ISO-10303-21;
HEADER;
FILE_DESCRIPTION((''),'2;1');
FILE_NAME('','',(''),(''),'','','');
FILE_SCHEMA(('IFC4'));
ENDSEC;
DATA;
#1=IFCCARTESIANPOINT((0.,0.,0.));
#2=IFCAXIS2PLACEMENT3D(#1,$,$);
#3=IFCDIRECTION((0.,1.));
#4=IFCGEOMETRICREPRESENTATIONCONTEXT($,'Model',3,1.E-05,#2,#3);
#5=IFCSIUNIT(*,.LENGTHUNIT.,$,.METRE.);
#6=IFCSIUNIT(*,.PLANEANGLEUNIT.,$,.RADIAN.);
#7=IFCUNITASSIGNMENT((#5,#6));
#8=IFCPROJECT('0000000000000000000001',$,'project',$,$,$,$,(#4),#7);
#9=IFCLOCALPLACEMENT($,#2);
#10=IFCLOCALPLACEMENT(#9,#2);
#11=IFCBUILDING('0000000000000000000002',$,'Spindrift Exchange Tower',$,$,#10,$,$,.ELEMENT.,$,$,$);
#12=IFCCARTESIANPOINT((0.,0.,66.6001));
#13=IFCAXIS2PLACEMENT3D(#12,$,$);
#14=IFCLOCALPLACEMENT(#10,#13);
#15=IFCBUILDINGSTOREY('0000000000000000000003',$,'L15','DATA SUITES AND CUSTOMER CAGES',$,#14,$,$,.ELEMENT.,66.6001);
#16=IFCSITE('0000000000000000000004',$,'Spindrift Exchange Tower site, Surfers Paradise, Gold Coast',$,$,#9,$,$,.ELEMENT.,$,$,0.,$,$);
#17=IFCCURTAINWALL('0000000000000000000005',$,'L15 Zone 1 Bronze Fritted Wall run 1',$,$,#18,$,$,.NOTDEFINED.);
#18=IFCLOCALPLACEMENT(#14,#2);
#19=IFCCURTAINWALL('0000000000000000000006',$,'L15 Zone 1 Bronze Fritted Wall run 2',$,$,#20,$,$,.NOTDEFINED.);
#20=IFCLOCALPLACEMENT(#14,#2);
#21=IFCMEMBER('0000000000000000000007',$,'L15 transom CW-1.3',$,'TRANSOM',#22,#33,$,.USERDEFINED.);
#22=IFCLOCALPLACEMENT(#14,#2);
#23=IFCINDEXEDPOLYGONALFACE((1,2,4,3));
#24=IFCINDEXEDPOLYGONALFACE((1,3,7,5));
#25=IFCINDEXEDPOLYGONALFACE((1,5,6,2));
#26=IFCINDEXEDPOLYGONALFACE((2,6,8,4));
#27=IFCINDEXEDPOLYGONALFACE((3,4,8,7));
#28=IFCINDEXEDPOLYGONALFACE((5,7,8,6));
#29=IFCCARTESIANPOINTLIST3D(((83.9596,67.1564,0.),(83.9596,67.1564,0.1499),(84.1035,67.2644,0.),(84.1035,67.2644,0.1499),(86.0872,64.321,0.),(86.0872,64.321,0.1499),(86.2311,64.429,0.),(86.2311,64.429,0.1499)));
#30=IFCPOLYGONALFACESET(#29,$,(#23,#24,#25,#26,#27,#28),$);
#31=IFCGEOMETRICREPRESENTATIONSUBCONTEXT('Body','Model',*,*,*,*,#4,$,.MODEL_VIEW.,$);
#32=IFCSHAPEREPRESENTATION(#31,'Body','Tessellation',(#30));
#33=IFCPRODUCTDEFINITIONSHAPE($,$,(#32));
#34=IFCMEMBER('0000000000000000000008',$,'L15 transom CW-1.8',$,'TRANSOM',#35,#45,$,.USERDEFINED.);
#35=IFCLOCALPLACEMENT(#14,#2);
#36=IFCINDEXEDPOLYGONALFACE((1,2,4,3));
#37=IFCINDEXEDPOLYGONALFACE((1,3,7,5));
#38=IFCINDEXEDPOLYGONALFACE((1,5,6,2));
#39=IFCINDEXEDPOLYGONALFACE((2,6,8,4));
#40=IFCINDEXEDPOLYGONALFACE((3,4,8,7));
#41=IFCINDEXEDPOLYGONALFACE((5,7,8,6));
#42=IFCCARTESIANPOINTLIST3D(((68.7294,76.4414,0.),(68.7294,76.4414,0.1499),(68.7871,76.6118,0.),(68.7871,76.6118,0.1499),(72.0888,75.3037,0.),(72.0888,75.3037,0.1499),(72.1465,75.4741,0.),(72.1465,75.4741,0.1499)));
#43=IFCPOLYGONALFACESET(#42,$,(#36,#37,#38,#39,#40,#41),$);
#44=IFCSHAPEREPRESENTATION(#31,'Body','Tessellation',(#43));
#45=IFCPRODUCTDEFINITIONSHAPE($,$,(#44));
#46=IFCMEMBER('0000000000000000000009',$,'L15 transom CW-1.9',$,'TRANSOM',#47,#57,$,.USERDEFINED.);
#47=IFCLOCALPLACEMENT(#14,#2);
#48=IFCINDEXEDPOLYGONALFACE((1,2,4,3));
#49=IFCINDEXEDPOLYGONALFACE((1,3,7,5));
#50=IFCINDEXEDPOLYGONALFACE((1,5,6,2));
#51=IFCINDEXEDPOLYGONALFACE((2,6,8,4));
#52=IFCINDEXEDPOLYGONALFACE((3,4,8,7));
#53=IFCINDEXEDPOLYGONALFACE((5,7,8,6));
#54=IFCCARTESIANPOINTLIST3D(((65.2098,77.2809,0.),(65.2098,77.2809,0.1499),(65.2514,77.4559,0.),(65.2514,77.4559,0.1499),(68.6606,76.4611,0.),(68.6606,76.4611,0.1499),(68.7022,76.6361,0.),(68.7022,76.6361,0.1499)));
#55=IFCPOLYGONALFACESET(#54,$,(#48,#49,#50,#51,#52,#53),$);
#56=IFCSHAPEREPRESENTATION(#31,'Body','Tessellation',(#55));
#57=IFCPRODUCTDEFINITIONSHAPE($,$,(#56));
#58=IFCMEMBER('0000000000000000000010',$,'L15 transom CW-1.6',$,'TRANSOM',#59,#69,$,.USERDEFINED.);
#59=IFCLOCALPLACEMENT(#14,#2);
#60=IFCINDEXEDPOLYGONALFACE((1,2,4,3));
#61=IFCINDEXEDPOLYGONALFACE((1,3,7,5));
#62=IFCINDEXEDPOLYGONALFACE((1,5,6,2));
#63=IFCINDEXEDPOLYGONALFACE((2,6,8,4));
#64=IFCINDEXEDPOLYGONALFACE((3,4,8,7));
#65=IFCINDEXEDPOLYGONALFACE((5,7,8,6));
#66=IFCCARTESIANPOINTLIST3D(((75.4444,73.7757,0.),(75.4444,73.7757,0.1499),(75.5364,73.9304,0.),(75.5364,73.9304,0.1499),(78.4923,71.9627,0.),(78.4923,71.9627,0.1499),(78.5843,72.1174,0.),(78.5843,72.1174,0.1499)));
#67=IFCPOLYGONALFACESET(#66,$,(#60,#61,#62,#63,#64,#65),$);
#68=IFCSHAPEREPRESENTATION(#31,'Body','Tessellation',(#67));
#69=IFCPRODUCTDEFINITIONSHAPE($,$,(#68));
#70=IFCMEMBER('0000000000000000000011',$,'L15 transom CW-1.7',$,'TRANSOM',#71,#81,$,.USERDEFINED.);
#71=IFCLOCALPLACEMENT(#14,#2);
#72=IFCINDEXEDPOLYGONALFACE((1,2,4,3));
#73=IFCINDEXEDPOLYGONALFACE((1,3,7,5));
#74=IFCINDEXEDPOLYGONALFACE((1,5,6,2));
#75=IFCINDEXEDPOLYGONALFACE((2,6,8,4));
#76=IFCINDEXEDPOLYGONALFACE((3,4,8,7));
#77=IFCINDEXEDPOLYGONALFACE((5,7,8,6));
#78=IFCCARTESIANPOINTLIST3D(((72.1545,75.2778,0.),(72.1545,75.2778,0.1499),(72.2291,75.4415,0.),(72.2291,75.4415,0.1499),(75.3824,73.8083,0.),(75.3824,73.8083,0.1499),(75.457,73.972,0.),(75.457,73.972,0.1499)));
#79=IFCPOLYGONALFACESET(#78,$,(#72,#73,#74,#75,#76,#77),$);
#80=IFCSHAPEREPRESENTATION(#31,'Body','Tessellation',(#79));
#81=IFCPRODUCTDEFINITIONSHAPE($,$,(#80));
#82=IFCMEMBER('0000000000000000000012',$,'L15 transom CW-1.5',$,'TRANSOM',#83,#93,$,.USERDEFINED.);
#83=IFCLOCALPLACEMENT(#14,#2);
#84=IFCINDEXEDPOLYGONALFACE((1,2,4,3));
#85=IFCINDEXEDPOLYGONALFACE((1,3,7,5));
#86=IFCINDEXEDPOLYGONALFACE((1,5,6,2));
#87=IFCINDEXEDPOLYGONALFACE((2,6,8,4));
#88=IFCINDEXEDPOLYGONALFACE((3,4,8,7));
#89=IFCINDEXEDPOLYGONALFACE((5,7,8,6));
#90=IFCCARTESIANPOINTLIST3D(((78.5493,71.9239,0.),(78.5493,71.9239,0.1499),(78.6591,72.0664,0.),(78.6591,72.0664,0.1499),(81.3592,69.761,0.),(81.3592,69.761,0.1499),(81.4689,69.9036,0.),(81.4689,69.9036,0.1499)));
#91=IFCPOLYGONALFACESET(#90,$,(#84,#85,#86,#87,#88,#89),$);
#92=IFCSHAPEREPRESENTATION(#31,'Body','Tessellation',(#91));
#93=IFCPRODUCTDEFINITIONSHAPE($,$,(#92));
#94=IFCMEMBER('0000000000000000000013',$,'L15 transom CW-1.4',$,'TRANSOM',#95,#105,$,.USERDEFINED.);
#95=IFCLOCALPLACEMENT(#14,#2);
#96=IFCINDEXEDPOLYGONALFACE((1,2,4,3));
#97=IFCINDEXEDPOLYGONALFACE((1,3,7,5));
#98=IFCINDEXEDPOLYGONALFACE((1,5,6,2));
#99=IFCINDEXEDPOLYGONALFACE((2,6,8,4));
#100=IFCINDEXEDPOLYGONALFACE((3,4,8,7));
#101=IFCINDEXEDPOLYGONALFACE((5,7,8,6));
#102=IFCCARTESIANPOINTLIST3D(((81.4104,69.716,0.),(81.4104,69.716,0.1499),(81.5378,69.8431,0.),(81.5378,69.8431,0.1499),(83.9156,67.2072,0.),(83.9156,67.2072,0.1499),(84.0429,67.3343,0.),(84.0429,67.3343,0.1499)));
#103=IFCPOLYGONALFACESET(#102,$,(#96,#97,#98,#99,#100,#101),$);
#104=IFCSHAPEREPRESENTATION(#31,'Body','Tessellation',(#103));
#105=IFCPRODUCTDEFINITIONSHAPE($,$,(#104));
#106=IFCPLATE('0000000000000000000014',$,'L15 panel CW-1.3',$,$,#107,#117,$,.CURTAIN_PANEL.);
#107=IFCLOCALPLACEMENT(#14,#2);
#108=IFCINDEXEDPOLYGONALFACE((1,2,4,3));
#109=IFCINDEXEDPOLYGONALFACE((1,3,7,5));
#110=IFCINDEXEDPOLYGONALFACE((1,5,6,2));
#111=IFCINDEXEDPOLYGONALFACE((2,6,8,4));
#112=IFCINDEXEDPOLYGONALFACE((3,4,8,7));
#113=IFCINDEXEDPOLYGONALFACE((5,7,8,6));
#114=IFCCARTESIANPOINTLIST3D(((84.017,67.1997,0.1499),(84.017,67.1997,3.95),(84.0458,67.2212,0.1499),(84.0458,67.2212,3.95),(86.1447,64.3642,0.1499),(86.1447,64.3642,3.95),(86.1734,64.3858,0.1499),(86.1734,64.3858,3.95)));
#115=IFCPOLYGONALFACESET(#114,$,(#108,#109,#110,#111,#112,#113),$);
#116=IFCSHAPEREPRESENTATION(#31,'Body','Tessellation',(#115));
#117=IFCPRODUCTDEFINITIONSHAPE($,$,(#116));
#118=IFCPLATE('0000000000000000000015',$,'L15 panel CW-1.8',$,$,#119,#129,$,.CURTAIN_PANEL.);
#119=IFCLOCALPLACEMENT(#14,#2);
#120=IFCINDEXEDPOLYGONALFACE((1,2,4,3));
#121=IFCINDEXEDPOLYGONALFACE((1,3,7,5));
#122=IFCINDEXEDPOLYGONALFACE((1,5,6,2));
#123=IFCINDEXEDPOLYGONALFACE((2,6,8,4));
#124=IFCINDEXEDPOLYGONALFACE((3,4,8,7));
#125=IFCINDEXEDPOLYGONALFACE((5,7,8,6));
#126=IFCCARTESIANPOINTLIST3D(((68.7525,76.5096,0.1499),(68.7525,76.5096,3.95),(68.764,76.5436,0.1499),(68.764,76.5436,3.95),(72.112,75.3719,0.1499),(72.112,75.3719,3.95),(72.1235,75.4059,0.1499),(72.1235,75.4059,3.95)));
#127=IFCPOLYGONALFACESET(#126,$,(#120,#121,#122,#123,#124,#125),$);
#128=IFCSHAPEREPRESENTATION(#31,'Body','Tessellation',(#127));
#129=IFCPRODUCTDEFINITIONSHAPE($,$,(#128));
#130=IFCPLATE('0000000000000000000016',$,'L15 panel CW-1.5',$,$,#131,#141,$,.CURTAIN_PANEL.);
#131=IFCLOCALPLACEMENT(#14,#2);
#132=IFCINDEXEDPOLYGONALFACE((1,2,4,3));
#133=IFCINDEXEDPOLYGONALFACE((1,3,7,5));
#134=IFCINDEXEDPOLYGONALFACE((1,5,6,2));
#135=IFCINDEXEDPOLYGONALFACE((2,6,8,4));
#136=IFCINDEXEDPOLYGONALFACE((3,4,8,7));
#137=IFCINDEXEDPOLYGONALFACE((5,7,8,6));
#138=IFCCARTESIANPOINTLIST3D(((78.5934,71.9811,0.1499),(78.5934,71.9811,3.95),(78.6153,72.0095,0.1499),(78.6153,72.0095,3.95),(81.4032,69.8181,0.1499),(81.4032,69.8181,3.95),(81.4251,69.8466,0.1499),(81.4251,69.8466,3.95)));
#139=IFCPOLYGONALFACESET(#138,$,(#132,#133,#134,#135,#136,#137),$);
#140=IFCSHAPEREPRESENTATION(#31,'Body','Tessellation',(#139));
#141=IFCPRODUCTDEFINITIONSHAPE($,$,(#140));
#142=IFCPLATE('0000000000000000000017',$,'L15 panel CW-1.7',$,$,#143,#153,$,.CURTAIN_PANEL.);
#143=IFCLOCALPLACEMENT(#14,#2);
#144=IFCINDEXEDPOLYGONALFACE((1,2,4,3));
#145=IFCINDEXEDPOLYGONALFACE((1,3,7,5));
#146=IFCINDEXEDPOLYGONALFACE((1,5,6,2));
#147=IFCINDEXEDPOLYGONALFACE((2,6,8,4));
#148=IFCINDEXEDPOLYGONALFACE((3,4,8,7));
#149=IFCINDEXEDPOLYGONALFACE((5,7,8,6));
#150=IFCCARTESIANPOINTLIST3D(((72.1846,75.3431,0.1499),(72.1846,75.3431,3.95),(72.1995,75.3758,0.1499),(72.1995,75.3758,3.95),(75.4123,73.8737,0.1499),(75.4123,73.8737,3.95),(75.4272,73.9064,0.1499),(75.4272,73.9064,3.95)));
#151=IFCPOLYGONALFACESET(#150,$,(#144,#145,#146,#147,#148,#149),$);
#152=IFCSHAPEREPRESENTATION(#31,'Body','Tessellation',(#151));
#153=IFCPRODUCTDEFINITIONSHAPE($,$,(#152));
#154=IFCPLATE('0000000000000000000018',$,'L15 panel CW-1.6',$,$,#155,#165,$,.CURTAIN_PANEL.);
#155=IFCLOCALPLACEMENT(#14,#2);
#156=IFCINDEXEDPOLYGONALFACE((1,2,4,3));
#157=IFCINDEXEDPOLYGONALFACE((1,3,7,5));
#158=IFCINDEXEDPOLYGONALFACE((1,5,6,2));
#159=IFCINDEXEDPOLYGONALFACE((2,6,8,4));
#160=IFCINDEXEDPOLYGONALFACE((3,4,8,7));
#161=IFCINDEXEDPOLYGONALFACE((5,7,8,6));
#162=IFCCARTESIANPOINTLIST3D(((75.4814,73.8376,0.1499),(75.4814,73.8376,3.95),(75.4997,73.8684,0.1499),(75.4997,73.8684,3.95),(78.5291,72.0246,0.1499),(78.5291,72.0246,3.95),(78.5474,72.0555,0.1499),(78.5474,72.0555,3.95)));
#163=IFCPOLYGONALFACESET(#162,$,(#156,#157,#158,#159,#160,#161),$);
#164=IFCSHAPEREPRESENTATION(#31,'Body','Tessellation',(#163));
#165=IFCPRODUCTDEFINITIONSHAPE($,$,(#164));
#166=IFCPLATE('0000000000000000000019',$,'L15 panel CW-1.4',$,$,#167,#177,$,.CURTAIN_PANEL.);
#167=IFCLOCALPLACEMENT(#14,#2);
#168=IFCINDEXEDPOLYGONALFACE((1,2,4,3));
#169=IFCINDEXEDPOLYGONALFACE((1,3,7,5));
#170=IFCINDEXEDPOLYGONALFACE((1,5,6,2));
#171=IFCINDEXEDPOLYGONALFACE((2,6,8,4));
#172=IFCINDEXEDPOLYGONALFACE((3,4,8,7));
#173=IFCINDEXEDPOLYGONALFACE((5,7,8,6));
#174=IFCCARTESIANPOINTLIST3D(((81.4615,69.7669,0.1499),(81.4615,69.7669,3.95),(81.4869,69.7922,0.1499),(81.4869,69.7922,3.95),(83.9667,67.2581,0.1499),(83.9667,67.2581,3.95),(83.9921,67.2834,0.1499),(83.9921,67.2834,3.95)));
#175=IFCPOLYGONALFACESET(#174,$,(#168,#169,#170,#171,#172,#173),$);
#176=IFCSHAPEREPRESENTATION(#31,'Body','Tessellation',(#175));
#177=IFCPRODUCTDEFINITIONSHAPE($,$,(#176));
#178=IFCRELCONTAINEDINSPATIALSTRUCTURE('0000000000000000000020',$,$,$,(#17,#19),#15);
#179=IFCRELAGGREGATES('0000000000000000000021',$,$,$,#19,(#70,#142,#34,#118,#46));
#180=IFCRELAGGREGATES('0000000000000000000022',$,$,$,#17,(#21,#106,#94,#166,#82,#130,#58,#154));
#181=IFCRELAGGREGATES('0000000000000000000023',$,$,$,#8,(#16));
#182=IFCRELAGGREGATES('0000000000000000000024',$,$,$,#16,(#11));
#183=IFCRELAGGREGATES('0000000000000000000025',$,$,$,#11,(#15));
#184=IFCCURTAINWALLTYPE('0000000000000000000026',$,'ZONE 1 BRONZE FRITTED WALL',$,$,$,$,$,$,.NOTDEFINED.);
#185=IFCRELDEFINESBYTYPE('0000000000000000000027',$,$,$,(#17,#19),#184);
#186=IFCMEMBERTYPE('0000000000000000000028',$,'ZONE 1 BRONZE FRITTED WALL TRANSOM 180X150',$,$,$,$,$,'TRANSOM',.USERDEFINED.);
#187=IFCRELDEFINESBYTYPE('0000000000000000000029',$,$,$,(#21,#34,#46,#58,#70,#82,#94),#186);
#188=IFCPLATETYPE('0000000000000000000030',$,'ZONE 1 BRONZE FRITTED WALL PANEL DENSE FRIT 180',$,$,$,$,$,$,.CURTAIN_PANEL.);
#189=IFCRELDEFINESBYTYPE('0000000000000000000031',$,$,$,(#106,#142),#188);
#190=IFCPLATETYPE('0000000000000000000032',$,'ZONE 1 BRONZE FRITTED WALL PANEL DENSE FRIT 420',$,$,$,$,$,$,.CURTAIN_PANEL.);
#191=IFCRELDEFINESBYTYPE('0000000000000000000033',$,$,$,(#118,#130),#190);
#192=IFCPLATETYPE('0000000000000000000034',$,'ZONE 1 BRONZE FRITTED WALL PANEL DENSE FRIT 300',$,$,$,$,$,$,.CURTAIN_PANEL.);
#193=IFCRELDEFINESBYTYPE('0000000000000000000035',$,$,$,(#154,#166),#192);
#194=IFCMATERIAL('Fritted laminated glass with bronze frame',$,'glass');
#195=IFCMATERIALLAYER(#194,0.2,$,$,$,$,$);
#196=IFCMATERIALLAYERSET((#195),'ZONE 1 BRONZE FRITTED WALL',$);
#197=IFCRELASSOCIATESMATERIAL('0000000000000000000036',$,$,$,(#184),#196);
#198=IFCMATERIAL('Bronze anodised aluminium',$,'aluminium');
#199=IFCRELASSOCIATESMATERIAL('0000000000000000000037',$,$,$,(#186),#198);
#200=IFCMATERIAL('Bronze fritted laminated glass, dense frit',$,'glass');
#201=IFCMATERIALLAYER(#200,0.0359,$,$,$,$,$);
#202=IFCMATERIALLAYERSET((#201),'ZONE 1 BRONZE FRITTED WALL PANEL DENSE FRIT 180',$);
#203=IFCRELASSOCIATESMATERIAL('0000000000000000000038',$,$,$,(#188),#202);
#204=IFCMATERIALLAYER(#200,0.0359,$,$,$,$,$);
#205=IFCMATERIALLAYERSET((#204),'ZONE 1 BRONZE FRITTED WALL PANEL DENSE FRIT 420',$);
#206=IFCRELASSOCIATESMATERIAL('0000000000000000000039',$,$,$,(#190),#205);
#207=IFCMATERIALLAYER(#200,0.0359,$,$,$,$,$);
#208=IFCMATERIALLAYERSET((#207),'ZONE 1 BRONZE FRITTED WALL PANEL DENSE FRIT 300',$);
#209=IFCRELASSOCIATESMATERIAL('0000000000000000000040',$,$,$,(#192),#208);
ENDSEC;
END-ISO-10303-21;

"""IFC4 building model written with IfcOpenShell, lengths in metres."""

from ifc_helpers import new_model, si_unit, direction, frame, origin, origin_2d, place, context, subcontext, project, spatial, rectangle, extrude, source, transform, mapped, material, layer, layer_set, material_profile, profile_set, type_object, element, aggregate, save


model = new_model("IFC4")

# Units and contexts
model_context = context("Model", 3, precision=1e-05, world=origin(), true_north=direction((0.0, 1.0)))
body_context = subcontext(model_context, "Body", "Model", "MODEL_VIEW")
ifc_project = project(units=[si_unit("LENGTHUNIT", "METRE"), si_unit("PLANEANGLEUNIT", "RADIAN")], contexts=[model_context])

# Site, building, storey
site_placement = place(None, origin())
site = spatial("IfcSite", under=ifc_project, at=site_placement, Name="Spindrift Exchange Tower site, Surfers Paradise, Gold Coast", CompositionType="ELEMENT", RefElevation=0.0)
building_placement = place(site_placement, origin())
building = spatial("IfcBuilding", under=site, at=building_placement, Name="Spindrift Exchange Tower", CompositionType="ELEMENT")
storey_placement = place(building_placement, frame((0.0, 0.0, 66.6001)))
storey = spatial("IfcBuildingStorey", under=building, at=storey_placement, Name="L15", Description="DATA SUITES AND CUSTOMER CAGES", CompositionType="ELEMENT", Elevation=66.6001)

# Curtain walls
ifc_material_1 = material(Name="Fritted laminated glass with bronze frame", Category="glass")
ifc_layer_1 = layer(ifc_material_1, 0.2)
ifc_layer_set_1 = layer_set([ifc_layer_1], Name="ZONE 1 BRONZE FRITTED WALL")
curtain_wall_type = type_object("IfcCurtainWallType", Name="ZONE 1 BRONZE FRITTED WALL", PredefinedType="NOTDEFINED", material=ifc_layer_set_1)
curtain_wall_1_placement = place(storey_placement, origin())
curtain_wall_1 = element("IfcCurtainWall", 1, at=curtain_wall_1_placement, inside=storey, type_object=curtain_wall_type, Name="L15 Zone 1 Bronze Fritted Wall run 1", PredefinedType="NOTDEFINED")
ifc_material_2 = material(Name="Bronze anodised aluminium", Category="aluminium")
curtain_wall_2_placement = place(storey_placement, origin())
curtain_wall_2 = element("IfcCurtainWall", 2, at=curtain_wall_2_placement, inside=storey, type_object=curtain_wall_type, Name="L15 Zone 1 Bronze Fritted Wall run 2", PredefinedType="NOTDEFINED")

# Members
ifc_material_profile_1 = material_profile(ifc_material_2, rectangle(XDim=0.1799, YDim=0.1499, at=origin_2d()), Name="ZONE 1 BRONZE FRITTED WALL TRANSOM 180X150")
ifc_profile_set_1 = profile_set([ifc_material_profile_1], Name="Bronze anodised aluminium")
member_type_1 = type_object("IfcMemberType", Name="ZONE 1 BRONZE FRITTED WALL TRANSOM 180X150", ElementType="TRANSOM", PredefinedType="USERDEFINED", material=ifc_profile_set_1)
shared_shape_1 = source(origin(), body_context, "Body", "SweptSolid", [
    extrude(rectangle(XDim=0.1799, YDim=0.1499, at=origin_2d()), origin(), (0.0, 0.0, 1.0), 3.5449),
])
member_1_placement = place(storey_placement, frame((86.1592, 64.375, 0.075), z_axis=(-0.600198, 0.799851, 0.0), x_axis=(-0.799851, -0.600198, 0.0)))
member_1 = element("IfcMember", 3, at=member_1_placement, type_object=member_type_1, Name="L15 transom CW-1.3", ObjectType="TRANSOM", PredefinedType="USERDEFINED", context=body_context, shape_type="MappedRepresentation", body=[
    mapped(shared_shape_1, transform((0.0, 0.0, 0.0), scale=1.0)),
])
shared_shape_2 = source(origin(), body_context, "Body", "SweptSolid", [
    extrude(rectangle(XDim=0.1799, YDim=0.1499, at=origin_2d()), origin(), (0.0, 0.0, 1.0), 3.5469),
])
member_2_placement = place(storey_placement, frame((72.1177, 75.3889, 0.075), z_axis=(-0.947158, 0.320767, 0.0), x_axis=(-0.320767, -0.947158, 0.0)))
member_2 = element("IfcMember", 4, at=member_2_placement, type_object=member_type_1, Name="L15 transom CW-1.8", ObjectType="TRANSOM", PredefinedType="USERDEFINED", context=body_context, shape_type="MappedRepresentation", body=[
    mapped(shared_shape_2, transform((0.0, 0.0, 0.0), scale=1.0)),
])
member_3_placement = place(storey_placement, frame((68.6814, 76.5486, 0.075), z_axis=(-0.972922, 0.231134, 0.0), x_axis=(-0.231134, -0.972922, 0.0)))
member_3 = element("IfcMember", 5, at=member_3_placement, type_object=member_type_1, Name="L15 transom CW-1.9", ObjectType="TRANSOM", PredefinedType="USERDEFINED", context=body_context, shape_type="MappedRepresentation", body=[
    mapped(shared_shape_2, transform((0.0, 0.0, 0.0), scale=1.0)),
])
shared_shape_3 = source(origin(), body_context, "Body", "SweptSolid", [
    extrude(rectangle(XDim=0.1799, YDim=0.1499, at=origin_2d()), origin(), (0.0, 0.0, 1.0), 3.5464),
])
member_4_placement = place(storey_placement, frame((78.5383, 72.04, 0.075), z_axis=(-0.859443, 0.511232, 0.0), x_axis=(-0.511232, -0.859443, 0.0)))
member_4 = element("IfcMember", 6, at=member_4_placement, type_object=member_type_1, Name="L15 transom CW-1.6", ObjectType="TRANSOM", PredefinedType="USERDEFINED", context=body_context, shape_type="MappedRepresentation", body=[
    mapped(shared_shape_3, transform((0.0, 0.0, 0.0), scale=1.0)),
])
shared_shape_4 = source(origin(), body_context, "Body", "SweptSolid", [
    extrude(rectangle(XDim=0.1799, YDim=0.1499, at=origin_2d()), origin(), (0.0, 0.0, 1.0), 3.5466),
])
member_5_placement = place(storey_placement, frame((75.4197, 73.8901, 0.075), z_axis=(-0.910121, 0.414342, 0.0), x_axis=(-0.414342, -0.910121, 0.0)))
member_5 = element("IfcMember", 7, at=member_5_placement, type_object=member_type_1, Name="L15 transom CW-1.7", ObjectType="TRANSOM", PredefinedType="USERDEFINED", context=body_context, shape_type="MappedRepresentation", body=[
    mapped(shared_shape_4, transform((0.0, 0.0, 0.0), scale=1.0)),
])
shared_shape_5 = source(origin(), body_context, "Body", "SweptSolid", [
    extrude(rectangle(XDim=0.1799, YDim=0.1499, at=origin_2d()), origin(), (0.0, 0.0, 1.0), 3.5459),
])
member_6_placement = place(storey_placement, frame((81.4141, 69.8323, 0.075), z_axis=(-0.792427, 0.609967, 0.0), x_axis=(-0.609967, -0.792427, 0.0)))
member_6 = element("IfcMember", 8, at=member_6_placement, type_object=member_type_1, Name="L15 transom CW-1.5", ObjectType="TRANSOM", PredefinedType="USERDEFINED", context=body_context, shape_type="MappedRepresentation", body=[
    mapped(shared_shape_5, transform((0.0, 0.0, 0.0), scale=1.0)),
])
shared_shape_6 = source(origin(), body_context, "Body", "SweptSolid", [
    extrude(rectangle(XDim=0.1799, YDim=0.1499, at=origin_2d()), origin(), (0.0, 0.0, 1.0), 3.5454),
])
member_7_placement = place(storey_placement, frame((83.9792, 67.2708, 0.075), z_axis=(-0.70659, 0.707623, 0.0), x_axis=(-0.707623, -0.70659, 0.0)))
member_7 = element("IfcMember", 9, at=member_7_placement, type_object=member_type_1, Name="L15 transom CW-1.4", ObjectType="TRANSOM", PredefinedType="USERDEFINED", context=body_context, shape_type="MappedRepresentation", body=[
    mapped(shared_shape_6, transform((0.0, 0.0, 0.0), scale=1.0)),
])

# Plates
ifc_material_3 = material(Name="Bronze fritted laminated glass, dense frit", Category="glass")
ifc_layer_2 = layer(ifc_material_3, 0.0359)
ifc_layer_set_2 = layer_set([ifc_layer_2], Name="ZONE 1 BRONZE FRITTED WALL PANEL DENSE FRIT 180")
plate_type_1 = type_object("IfcPlateType", Name="ZONE 1 BRONZE FRITTED WALL PANEL DENSE FRIT 180", PredefinedType="CURTAIN_PANEL", material=ifc_layer_set_2)
shared_shape_7 = source(origin(), body_context, "Body", "SweptSolid", [
    extrude(rectangle(XDim=3.5449, YDim=0.0359, at=origin_2d()), origin(), (0.0, 0.0, 1.0), 3.8),
])
plate_1_placement = place(storey_placement, frame((85.0952, 65.7927, 0.1499), z_axis=(0.0, 0.0, 1.0), x_axis=(-0.60019, 0.799858, 0.0)))
plate_1 = element("IfcPlate", 10, at=plate_1_placement, type_object=plate_type_1, Name="L15 panel CW-1.3", PredefinedType="CURTAIN_PANEL", context=body_context, shape_type="MappedRepresentation", body=[
    mapped(shared_shape_7, transform((0.0, 0.0, 0.0), scale=1.0)),
])
ifc_layer_3 = layer(ifc_material_3, 0.0359)
ifc_layer_set_3 = layer_set([ifc_layer_3], Name="ZONE 1 BRONZE FRITTED WALL PANEL DENSE FRIT 420")
plate_type_2 = type_object("IfcPlateType", Name="ZONE 1 BRONZE FRITTED WALL PANEL DENSE FRIT 420", PredefinedType="CURTAIN_PANEL", material=ifc_layer_set_3)
shared_shape_8 = source(origin(), body_context, "Body", "SweptSolid", [
    extrude(rectangle(XDim=3.5469, YDim=0.0359, at=origin_2d()), origin(), (0.0, 0.0, 1.0), 3.8),
])
plate_2_placement = place(storey_placement, frame((70.438, 75.9578, 0.1499), z_axis=(0.0, 0.0, 1.0), x_axis=(-0.947164, 0.320749, 0.0)))
plate_2 = element("IfcPlate", 11, at=plate_2_placement, type_object=plate_type_2, Name="L15 panel CW-1.8", PredefinedType="CURTAIN_PANEL", context=body_context, shape_type="MappedRepresentation", body=[
    mapped(shared_shape_8, transform((0.0, 0.0, 0.0), scale=1.0)),
])
shared_shape_9 = source(origin(), body_context, "Body", "SweptSolid", [
    extrude(rectangle(XDim=3.5459, YDim=0.0359, at=origin_2d()), origin(), (0.0, 0.0, 1.0), 3.8),
])
plate_3_placement = place(storey_placement, frame((80.0093, 70.9138, 0.1499), z_axis=(0.0, 0.0, 1.0), x_axis=(-0.792417, 0.609979, 0.0)))
plate_3 = element("IfcPlate", 12, at=plate_3_placement, type_object=plate_type_2, Name="L15 panel CW-1.5", PredefinedType="CURTAIN_PANEL", context=body_context, shape_type="MappedRepresentation", body=[
    mapped(shared_shape_9, transform((0.0, 0.0, 0.0), scale=1.0)),
])
shared_shape_10 = source(origin(), body_context, "Body", "SweptSolid", [
    extrude(rectangle(XDim=3.5464, YDim=0.0359, at=origin_2d()), origin(), (0.0, 0.0, 1.0), 3.8),
])
plate_4_placement = place(storey_placement, frame((73.8059, 74.6248, 0.1499), z_axis=(0.0, 0.0, 1.0), x_axis=(-0.910125, 0.414334, 0.0)))
plate_4 = element("IfcPlate", 13, at=plate_4_placement, type_object=plate_type_1, Name="L15 panel CW-1.7", PredefinedType="CURTAIN_PANEL", context=body_context, shape_type="MappedRepresentation", body=[
    mapped(shared_shape_10, transform((0.0, 0.0, 0.0), scale=1.0)),
])
aggregate(curtain_wall_2, [member_5, plate_4, member_2, plate_2, member_3])
ifc_layer_4 = layer(ifc_material_3, 0.0359)
ifc_layer_set_4 = layer_set([ifc_layer_4], Name="ZONE 1 BRONZE FRITTED WALL PANEL DENSE FRIT 300")
plate_type_3 = type_object("IfcPlateType", Name="ZONE 1 BRONZE FRITTED WALL PANEL DENSE FRIT 300", PredefinedType="CURTAIN_PANEL", material=ifc_layer_set_4)
shared_shape_11 = source(origin(), body_context, "Body", "SweptSolid", [
    extrude(rectangle(XDim=3.5461, YDim=0.0359, at=origin_2d()), origin(), (0.0, 0.0, 1.0), 3.8),
])
plate_5_placement = place(storey_placement, frame((77.0144, 72.9465, 0.1499), z_axis=(0.0, 0.0, 1.0), x_axis=(-0.859433, 0.511248, 0.0)))
plate_5 = element("IfcPlate", 14, at=plate_5_placement, type_object=plate_type_3, Name="L15 panel CW-1.6", PredefinedType="CURTAIN_PANEL", context=body_context, shape_type="MappedRepresentation", body=[
    mapped(shared_shape_11, transform((0.0, 0.0, 0.0), scale=1.0)),
])
shared_shape_12 = source(origin(), body_context, "Body", "SweptSolid", [
    extrude(rectangle(XDim=3.5454, YDim=0.0359, at=origin_2d()), origin(), (0.0, 0.0, 1.0), 3.8),
])
plate_6_placement = place(storey_placement, frame((82.7268, 68.5251, 0.1499), z_axis=(0.0, 0.0, 1.0), x_axis=(-0.706597, 0.707616, 0.0)))
plate_6 = element("IfcPlate", 15, at=plate_6_placement, type_object=plate_type_3, Name="L15 panel CW-1.4", PredefinedType="CURTAIN_PANEL", context=body_context, shape_type="MappedRepresentation", body=[
    mapped(shared_shape_12, transform((0.0, 0.0, 0.0), scale=1.0)),
])
aggregate(curtain_wall_1, [member_1, plate_1, member_7, plate_6, member_6, plate_3, member_4, plate_5])

save(model, "model.ifc")
